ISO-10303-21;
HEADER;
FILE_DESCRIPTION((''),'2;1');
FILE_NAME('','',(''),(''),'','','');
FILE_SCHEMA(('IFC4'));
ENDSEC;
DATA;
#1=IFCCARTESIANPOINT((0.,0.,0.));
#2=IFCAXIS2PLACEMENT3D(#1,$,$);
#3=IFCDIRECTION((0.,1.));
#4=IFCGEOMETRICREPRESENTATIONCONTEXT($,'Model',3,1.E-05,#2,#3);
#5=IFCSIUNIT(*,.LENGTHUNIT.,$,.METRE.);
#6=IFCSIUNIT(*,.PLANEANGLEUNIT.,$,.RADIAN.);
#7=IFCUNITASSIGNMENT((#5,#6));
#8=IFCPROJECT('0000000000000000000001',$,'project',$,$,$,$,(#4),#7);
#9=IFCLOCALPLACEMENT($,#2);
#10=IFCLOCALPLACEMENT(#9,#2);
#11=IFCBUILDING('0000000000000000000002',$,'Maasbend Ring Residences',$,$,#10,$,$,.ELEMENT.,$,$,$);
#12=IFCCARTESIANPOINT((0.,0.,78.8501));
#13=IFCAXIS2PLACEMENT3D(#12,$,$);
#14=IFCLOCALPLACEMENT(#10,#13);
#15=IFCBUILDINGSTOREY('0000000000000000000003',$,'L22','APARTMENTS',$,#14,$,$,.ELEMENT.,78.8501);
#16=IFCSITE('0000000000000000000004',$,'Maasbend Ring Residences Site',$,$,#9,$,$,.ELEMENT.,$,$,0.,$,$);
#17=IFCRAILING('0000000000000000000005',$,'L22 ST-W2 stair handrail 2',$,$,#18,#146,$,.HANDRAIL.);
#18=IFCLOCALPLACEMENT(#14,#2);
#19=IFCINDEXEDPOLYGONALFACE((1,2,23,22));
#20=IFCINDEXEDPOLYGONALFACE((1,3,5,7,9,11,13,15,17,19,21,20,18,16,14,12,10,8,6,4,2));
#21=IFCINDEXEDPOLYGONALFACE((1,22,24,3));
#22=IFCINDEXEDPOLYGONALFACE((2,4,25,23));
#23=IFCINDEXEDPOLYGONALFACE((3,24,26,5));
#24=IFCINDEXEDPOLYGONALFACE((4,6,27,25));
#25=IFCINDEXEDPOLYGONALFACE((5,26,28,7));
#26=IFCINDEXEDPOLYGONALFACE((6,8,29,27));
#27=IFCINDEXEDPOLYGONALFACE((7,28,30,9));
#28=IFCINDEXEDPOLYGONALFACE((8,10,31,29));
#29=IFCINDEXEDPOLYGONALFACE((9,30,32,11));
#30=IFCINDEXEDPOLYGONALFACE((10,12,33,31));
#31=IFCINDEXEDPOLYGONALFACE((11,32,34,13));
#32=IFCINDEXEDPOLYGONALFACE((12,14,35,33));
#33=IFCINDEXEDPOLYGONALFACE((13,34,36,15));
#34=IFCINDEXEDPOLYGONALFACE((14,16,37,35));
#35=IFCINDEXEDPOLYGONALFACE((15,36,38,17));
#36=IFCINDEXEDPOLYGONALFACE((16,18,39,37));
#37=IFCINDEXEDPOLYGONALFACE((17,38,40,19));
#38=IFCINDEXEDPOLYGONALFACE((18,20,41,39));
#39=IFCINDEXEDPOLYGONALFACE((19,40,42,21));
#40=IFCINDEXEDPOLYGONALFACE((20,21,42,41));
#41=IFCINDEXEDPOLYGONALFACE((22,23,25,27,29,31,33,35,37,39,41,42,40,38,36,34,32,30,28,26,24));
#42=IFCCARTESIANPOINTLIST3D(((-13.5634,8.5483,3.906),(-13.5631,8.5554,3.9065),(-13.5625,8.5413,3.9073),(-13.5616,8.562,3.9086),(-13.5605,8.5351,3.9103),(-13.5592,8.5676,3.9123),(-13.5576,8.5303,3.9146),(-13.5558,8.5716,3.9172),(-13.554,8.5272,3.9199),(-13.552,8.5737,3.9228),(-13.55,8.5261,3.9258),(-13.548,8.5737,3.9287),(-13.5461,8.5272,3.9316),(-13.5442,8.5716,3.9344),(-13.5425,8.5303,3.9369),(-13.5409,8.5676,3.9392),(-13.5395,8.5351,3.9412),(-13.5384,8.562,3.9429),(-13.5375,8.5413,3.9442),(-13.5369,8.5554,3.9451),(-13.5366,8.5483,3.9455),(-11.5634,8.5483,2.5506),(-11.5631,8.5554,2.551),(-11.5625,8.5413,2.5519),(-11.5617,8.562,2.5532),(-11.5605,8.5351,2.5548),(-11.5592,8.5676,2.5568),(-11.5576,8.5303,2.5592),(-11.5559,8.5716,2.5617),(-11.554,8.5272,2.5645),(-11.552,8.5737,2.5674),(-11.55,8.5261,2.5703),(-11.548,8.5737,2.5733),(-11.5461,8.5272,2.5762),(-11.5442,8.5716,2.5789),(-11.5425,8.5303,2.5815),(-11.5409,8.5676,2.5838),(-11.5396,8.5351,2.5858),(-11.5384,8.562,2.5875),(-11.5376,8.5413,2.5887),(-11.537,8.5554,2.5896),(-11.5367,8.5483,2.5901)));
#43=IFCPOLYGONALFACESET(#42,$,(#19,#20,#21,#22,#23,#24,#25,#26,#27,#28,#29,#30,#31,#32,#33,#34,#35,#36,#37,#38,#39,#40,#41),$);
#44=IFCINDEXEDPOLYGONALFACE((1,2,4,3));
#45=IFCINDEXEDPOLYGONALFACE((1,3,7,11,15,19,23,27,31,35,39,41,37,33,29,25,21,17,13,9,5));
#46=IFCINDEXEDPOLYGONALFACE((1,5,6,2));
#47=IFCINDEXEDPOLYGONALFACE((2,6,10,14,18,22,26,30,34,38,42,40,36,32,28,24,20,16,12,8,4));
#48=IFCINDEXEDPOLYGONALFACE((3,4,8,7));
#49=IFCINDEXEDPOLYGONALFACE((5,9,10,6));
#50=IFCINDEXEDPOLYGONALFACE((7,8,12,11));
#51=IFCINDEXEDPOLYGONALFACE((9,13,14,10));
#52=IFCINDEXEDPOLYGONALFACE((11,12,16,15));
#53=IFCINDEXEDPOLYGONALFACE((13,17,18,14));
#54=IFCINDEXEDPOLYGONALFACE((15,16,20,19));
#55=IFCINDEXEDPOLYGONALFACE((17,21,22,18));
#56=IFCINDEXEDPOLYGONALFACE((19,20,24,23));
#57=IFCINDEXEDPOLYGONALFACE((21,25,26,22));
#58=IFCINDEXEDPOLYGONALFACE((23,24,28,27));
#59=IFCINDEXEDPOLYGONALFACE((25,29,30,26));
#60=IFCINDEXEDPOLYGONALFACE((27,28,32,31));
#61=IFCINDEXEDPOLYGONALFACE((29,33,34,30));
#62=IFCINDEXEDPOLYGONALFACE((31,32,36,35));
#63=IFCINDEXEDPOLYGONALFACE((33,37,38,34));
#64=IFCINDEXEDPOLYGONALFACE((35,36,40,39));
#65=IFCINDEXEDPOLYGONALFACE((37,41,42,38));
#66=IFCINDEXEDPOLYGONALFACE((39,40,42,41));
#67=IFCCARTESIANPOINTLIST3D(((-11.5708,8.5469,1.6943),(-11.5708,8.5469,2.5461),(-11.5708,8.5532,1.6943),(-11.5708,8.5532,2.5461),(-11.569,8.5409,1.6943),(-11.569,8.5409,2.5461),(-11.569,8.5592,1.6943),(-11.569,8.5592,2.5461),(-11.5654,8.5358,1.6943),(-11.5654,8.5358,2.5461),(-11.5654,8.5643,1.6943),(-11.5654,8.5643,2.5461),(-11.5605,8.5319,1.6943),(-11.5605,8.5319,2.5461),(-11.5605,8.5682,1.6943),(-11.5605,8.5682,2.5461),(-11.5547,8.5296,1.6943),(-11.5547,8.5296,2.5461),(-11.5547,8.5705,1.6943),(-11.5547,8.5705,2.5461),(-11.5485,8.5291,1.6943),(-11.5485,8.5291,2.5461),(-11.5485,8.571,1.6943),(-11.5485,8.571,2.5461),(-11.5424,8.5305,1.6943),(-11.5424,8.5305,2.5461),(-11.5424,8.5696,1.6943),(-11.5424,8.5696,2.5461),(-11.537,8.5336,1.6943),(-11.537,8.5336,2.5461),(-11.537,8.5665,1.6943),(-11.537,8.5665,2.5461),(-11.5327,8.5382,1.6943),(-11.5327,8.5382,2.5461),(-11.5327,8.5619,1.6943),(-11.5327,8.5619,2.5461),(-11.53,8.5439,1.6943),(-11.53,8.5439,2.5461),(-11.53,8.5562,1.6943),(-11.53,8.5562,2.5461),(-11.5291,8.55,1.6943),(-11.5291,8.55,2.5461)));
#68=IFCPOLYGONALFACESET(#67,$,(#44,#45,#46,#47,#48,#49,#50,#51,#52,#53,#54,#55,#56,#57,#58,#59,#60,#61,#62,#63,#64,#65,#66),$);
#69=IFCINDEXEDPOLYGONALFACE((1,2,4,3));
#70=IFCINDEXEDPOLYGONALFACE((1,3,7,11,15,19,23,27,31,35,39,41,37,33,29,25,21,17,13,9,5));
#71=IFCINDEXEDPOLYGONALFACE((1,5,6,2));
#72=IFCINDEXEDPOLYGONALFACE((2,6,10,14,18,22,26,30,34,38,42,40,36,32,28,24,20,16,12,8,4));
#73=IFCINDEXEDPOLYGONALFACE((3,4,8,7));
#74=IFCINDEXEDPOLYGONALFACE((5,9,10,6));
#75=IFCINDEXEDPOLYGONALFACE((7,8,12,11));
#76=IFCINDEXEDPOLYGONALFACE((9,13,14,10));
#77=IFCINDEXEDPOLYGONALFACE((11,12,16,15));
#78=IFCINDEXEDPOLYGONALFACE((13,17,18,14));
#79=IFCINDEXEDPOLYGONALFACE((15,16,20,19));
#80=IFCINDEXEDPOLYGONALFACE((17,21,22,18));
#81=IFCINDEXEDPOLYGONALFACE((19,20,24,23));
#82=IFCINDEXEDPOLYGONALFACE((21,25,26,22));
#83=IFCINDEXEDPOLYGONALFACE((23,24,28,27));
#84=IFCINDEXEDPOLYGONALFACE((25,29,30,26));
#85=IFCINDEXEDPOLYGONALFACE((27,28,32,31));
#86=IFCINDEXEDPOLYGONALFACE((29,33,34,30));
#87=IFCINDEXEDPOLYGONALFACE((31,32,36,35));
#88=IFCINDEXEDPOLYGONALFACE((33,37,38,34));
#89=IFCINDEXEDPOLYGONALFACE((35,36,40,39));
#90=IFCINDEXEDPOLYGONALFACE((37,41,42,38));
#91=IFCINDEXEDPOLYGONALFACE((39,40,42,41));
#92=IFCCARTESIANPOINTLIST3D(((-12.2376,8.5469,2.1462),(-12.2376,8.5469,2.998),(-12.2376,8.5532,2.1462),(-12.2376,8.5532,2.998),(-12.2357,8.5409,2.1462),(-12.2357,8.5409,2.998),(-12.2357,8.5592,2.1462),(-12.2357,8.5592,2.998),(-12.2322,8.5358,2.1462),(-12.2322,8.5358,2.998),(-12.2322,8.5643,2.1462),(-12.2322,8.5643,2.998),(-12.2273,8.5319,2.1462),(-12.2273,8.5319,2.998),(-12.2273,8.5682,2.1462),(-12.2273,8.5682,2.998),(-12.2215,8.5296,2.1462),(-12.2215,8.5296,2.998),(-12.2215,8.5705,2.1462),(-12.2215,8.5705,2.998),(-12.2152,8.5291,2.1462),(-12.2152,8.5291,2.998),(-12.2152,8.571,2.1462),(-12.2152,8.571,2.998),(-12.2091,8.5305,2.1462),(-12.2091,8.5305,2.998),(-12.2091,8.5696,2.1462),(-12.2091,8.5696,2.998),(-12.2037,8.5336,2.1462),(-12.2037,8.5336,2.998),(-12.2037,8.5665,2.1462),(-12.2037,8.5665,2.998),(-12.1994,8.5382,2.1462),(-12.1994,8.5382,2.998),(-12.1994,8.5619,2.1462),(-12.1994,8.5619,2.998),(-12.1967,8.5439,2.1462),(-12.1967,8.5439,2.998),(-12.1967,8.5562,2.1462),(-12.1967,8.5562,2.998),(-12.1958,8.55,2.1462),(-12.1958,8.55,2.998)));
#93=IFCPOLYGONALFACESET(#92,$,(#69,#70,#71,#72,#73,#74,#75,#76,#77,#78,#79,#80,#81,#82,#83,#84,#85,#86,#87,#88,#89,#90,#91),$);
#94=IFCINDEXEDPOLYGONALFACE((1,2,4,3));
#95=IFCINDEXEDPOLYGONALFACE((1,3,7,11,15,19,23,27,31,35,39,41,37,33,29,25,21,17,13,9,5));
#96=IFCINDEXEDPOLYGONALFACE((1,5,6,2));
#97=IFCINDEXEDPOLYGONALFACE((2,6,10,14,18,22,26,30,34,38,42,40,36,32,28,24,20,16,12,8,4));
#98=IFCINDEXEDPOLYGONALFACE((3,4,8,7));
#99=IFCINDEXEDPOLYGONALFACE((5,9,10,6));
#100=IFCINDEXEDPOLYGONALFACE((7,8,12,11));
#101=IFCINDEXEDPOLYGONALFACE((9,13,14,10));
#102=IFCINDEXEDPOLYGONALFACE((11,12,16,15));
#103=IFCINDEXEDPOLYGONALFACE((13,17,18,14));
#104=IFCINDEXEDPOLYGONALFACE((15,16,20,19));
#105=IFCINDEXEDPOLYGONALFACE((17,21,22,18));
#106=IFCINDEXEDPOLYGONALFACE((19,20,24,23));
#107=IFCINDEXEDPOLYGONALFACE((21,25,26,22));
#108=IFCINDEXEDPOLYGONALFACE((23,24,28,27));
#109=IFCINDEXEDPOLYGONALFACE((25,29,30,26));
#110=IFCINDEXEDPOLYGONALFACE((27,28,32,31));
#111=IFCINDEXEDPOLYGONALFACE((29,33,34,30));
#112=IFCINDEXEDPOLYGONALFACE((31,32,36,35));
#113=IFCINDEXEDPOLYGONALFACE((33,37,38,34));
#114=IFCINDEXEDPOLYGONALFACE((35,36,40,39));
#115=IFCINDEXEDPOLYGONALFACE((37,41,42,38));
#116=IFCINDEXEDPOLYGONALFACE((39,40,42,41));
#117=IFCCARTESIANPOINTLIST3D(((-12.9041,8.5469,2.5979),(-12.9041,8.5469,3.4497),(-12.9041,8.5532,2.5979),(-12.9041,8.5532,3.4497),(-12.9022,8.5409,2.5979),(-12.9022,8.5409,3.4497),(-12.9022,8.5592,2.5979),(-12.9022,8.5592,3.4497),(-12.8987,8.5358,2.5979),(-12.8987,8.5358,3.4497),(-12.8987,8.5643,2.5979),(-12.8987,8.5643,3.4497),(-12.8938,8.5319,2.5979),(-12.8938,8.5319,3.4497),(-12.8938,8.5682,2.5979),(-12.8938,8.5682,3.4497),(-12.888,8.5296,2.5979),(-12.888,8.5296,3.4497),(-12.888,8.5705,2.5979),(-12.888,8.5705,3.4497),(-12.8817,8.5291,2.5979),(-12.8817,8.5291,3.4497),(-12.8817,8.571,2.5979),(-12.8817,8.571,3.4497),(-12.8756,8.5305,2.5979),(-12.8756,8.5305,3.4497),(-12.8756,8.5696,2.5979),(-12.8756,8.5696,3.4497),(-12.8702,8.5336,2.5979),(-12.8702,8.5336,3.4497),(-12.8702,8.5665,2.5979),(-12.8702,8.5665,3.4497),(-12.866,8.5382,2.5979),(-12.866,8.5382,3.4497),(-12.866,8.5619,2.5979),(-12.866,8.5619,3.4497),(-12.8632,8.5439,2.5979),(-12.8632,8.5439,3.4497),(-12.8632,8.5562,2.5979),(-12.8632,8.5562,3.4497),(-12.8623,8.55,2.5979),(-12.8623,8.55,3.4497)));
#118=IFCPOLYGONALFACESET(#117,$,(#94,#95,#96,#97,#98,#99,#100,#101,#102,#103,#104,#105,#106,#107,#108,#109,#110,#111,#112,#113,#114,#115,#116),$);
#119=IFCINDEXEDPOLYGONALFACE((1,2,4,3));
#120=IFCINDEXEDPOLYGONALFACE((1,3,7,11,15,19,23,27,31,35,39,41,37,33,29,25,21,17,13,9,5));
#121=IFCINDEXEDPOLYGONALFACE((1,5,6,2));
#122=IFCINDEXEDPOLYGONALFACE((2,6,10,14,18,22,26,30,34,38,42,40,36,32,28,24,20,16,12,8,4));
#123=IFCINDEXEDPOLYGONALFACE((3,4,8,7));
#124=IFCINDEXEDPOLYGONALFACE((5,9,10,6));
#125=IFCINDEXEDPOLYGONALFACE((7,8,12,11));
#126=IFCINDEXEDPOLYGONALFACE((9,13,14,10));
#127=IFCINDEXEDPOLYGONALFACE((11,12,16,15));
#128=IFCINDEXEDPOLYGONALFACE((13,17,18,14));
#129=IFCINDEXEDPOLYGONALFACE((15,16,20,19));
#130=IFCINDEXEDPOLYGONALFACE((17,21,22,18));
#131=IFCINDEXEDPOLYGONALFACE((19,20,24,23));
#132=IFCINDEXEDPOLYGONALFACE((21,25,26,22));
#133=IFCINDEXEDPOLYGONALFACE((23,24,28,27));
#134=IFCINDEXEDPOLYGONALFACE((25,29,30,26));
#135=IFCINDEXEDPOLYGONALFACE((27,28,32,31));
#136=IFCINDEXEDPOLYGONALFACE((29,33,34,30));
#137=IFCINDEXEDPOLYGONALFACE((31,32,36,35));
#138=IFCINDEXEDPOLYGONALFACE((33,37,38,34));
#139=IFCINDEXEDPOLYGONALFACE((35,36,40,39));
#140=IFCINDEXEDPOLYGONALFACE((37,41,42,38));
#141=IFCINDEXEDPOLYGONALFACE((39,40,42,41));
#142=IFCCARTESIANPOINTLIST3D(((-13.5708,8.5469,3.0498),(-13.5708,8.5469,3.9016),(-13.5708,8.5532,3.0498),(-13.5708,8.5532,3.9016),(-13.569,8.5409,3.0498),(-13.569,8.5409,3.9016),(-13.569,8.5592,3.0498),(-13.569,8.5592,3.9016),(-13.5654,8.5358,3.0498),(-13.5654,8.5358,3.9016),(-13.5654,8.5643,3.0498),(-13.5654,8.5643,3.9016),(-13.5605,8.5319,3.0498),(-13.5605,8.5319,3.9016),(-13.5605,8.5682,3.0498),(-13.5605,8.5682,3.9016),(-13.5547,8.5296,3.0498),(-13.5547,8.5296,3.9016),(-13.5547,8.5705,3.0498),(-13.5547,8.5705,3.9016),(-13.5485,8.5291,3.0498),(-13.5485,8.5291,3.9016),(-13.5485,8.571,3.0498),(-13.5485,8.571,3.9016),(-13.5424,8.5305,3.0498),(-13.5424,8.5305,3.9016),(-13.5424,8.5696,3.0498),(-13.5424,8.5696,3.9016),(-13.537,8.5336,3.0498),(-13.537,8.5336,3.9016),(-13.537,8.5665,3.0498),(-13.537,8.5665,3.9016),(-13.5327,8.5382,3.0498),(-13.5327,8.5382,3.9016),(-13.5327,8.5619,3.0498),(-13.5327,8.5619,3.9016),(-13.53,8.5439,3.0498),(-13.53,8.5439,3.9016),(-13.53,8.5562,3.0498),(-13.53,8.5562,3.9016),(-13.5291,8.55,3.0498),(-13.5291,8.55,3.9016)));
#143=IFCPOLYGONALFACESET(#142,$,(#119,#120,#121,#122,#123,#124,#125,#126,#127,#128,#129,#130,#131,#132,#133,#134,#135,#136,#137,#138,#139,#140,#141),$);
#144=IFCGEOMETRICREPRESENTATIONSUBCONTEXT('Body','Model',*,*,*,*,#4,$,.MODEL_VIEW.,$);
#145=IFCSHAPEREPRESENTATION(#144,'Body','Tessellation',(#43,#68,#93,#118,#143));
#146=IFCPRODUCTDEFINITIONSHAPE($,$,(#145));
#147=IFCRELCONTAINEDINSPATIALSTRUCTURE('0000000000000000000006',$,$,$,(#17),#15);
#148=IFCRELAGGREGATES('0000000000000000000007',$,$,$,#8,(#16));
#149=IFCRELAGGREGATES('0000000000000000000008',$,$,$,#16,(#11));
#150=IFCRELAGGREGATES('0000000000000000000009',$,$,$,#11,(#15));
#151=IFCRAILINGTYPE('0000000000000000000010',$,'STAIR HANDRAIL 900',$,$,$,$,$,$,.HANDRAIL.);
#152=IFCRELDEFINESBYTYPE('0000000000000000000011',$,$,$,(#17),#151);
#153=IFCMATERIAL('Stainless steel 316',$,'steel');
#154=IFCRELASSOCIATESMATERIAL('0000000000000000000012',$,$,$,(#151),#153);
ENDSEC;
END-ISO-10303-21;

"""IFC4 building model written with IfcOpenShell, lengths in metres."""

from ifc_helpers import new_model, si_unit, direction, frame, origin, origin_2d, place, context, subcontext, project, spatial, circle, extrude, material, type_object, element, save


model = new_model("IFC4")

# Units and contexts
model_context = context("Model", 3, precision=1e-05, world=origin(), true_north=direction((0.0, 1.0)))
body_context = subcontext(model_context, "Body", "Model", "MODEL_VIEW")
ifc_project = project(units=[si_unit("LENGTHUNIT", "METRE"), si_unit("PLANEANGLEUNIT", "RADIAN")], contexts=[model_context])

# Site, building, storey
site_placement = place(None, origin())
site = spatial("IfcSite", under=ifc_project, at=site_placement, Name="Maasbend Ring Residences Site", CompositionType="ELEMENT", RefElevation=0.0)
building_placement = place(site_placement, origin())
building = spatial("IfcBuilding", under=site, at=building_placement, Name="Maasbend Ring Residences", CompositionType="ELEMENT")
storey_placement = place(building_placement, frame((0.0, 0.0, 78.8501)))
storey = spatial("IfcBuildingStorey", under=building, at=storey_placement, Name="L22", Description="APARTMENTS", CompositionType="ELEMENT", Elevation=78.8501)

# Railing
ifc_material_1 = material(Name="Stainless steel 316", Category="steel")
railing_type_1 = type_object("IfcRailingType", Name="STAIR HANDRAIL 900", PredefinedType="HANDRAIL", material=ifc_material_1)
railing_1_placement = place(storey_placement, frame((-11.55, 8.55, 1.6943)))
element("IfcRailing", 1, at=railing_1_placement, inside=storey, type_object=railing_type_1, Name="L22 ST-W2 stair handrail 2", PredefinedType="HANDRAIL", context=body_context, shape_type="SweptSolid", body=[
    extrude(circle(Radius=0.0239, at=origin_2d()), frame((0.0, 0.0, 0.876), z_axis=(-0.827798, 0.0, 0.561027), x_axis=(0.0, -1.0, 0.0)), (0.0, 0.0, 1.0), 2.416),
    extrude(circle(Radius=0.021, at=origin_2d()), origin(), (0.0, 0.0, 1.0), 0.8518),
    extrude(circle(Radius=0.021, at=origin_2d()), frame((-0.6667, 0.0, 0.4519)), (0.0, 0.0, 1.0), 0.8518),
    extrude(circle(Radius=0.021, at=origin_2d()), frame((-1.3333, 0.0, 0.9036)), (0.0, 0.0, 1.0), 0.8518),
    extrude(circle(Radius=0.021, at=origin_2d()), frame((-2.0, 0.0, 1.3555)), (0.0, 0.0, 1.0), 0.8518),
])

save(model, "model.ifc")
